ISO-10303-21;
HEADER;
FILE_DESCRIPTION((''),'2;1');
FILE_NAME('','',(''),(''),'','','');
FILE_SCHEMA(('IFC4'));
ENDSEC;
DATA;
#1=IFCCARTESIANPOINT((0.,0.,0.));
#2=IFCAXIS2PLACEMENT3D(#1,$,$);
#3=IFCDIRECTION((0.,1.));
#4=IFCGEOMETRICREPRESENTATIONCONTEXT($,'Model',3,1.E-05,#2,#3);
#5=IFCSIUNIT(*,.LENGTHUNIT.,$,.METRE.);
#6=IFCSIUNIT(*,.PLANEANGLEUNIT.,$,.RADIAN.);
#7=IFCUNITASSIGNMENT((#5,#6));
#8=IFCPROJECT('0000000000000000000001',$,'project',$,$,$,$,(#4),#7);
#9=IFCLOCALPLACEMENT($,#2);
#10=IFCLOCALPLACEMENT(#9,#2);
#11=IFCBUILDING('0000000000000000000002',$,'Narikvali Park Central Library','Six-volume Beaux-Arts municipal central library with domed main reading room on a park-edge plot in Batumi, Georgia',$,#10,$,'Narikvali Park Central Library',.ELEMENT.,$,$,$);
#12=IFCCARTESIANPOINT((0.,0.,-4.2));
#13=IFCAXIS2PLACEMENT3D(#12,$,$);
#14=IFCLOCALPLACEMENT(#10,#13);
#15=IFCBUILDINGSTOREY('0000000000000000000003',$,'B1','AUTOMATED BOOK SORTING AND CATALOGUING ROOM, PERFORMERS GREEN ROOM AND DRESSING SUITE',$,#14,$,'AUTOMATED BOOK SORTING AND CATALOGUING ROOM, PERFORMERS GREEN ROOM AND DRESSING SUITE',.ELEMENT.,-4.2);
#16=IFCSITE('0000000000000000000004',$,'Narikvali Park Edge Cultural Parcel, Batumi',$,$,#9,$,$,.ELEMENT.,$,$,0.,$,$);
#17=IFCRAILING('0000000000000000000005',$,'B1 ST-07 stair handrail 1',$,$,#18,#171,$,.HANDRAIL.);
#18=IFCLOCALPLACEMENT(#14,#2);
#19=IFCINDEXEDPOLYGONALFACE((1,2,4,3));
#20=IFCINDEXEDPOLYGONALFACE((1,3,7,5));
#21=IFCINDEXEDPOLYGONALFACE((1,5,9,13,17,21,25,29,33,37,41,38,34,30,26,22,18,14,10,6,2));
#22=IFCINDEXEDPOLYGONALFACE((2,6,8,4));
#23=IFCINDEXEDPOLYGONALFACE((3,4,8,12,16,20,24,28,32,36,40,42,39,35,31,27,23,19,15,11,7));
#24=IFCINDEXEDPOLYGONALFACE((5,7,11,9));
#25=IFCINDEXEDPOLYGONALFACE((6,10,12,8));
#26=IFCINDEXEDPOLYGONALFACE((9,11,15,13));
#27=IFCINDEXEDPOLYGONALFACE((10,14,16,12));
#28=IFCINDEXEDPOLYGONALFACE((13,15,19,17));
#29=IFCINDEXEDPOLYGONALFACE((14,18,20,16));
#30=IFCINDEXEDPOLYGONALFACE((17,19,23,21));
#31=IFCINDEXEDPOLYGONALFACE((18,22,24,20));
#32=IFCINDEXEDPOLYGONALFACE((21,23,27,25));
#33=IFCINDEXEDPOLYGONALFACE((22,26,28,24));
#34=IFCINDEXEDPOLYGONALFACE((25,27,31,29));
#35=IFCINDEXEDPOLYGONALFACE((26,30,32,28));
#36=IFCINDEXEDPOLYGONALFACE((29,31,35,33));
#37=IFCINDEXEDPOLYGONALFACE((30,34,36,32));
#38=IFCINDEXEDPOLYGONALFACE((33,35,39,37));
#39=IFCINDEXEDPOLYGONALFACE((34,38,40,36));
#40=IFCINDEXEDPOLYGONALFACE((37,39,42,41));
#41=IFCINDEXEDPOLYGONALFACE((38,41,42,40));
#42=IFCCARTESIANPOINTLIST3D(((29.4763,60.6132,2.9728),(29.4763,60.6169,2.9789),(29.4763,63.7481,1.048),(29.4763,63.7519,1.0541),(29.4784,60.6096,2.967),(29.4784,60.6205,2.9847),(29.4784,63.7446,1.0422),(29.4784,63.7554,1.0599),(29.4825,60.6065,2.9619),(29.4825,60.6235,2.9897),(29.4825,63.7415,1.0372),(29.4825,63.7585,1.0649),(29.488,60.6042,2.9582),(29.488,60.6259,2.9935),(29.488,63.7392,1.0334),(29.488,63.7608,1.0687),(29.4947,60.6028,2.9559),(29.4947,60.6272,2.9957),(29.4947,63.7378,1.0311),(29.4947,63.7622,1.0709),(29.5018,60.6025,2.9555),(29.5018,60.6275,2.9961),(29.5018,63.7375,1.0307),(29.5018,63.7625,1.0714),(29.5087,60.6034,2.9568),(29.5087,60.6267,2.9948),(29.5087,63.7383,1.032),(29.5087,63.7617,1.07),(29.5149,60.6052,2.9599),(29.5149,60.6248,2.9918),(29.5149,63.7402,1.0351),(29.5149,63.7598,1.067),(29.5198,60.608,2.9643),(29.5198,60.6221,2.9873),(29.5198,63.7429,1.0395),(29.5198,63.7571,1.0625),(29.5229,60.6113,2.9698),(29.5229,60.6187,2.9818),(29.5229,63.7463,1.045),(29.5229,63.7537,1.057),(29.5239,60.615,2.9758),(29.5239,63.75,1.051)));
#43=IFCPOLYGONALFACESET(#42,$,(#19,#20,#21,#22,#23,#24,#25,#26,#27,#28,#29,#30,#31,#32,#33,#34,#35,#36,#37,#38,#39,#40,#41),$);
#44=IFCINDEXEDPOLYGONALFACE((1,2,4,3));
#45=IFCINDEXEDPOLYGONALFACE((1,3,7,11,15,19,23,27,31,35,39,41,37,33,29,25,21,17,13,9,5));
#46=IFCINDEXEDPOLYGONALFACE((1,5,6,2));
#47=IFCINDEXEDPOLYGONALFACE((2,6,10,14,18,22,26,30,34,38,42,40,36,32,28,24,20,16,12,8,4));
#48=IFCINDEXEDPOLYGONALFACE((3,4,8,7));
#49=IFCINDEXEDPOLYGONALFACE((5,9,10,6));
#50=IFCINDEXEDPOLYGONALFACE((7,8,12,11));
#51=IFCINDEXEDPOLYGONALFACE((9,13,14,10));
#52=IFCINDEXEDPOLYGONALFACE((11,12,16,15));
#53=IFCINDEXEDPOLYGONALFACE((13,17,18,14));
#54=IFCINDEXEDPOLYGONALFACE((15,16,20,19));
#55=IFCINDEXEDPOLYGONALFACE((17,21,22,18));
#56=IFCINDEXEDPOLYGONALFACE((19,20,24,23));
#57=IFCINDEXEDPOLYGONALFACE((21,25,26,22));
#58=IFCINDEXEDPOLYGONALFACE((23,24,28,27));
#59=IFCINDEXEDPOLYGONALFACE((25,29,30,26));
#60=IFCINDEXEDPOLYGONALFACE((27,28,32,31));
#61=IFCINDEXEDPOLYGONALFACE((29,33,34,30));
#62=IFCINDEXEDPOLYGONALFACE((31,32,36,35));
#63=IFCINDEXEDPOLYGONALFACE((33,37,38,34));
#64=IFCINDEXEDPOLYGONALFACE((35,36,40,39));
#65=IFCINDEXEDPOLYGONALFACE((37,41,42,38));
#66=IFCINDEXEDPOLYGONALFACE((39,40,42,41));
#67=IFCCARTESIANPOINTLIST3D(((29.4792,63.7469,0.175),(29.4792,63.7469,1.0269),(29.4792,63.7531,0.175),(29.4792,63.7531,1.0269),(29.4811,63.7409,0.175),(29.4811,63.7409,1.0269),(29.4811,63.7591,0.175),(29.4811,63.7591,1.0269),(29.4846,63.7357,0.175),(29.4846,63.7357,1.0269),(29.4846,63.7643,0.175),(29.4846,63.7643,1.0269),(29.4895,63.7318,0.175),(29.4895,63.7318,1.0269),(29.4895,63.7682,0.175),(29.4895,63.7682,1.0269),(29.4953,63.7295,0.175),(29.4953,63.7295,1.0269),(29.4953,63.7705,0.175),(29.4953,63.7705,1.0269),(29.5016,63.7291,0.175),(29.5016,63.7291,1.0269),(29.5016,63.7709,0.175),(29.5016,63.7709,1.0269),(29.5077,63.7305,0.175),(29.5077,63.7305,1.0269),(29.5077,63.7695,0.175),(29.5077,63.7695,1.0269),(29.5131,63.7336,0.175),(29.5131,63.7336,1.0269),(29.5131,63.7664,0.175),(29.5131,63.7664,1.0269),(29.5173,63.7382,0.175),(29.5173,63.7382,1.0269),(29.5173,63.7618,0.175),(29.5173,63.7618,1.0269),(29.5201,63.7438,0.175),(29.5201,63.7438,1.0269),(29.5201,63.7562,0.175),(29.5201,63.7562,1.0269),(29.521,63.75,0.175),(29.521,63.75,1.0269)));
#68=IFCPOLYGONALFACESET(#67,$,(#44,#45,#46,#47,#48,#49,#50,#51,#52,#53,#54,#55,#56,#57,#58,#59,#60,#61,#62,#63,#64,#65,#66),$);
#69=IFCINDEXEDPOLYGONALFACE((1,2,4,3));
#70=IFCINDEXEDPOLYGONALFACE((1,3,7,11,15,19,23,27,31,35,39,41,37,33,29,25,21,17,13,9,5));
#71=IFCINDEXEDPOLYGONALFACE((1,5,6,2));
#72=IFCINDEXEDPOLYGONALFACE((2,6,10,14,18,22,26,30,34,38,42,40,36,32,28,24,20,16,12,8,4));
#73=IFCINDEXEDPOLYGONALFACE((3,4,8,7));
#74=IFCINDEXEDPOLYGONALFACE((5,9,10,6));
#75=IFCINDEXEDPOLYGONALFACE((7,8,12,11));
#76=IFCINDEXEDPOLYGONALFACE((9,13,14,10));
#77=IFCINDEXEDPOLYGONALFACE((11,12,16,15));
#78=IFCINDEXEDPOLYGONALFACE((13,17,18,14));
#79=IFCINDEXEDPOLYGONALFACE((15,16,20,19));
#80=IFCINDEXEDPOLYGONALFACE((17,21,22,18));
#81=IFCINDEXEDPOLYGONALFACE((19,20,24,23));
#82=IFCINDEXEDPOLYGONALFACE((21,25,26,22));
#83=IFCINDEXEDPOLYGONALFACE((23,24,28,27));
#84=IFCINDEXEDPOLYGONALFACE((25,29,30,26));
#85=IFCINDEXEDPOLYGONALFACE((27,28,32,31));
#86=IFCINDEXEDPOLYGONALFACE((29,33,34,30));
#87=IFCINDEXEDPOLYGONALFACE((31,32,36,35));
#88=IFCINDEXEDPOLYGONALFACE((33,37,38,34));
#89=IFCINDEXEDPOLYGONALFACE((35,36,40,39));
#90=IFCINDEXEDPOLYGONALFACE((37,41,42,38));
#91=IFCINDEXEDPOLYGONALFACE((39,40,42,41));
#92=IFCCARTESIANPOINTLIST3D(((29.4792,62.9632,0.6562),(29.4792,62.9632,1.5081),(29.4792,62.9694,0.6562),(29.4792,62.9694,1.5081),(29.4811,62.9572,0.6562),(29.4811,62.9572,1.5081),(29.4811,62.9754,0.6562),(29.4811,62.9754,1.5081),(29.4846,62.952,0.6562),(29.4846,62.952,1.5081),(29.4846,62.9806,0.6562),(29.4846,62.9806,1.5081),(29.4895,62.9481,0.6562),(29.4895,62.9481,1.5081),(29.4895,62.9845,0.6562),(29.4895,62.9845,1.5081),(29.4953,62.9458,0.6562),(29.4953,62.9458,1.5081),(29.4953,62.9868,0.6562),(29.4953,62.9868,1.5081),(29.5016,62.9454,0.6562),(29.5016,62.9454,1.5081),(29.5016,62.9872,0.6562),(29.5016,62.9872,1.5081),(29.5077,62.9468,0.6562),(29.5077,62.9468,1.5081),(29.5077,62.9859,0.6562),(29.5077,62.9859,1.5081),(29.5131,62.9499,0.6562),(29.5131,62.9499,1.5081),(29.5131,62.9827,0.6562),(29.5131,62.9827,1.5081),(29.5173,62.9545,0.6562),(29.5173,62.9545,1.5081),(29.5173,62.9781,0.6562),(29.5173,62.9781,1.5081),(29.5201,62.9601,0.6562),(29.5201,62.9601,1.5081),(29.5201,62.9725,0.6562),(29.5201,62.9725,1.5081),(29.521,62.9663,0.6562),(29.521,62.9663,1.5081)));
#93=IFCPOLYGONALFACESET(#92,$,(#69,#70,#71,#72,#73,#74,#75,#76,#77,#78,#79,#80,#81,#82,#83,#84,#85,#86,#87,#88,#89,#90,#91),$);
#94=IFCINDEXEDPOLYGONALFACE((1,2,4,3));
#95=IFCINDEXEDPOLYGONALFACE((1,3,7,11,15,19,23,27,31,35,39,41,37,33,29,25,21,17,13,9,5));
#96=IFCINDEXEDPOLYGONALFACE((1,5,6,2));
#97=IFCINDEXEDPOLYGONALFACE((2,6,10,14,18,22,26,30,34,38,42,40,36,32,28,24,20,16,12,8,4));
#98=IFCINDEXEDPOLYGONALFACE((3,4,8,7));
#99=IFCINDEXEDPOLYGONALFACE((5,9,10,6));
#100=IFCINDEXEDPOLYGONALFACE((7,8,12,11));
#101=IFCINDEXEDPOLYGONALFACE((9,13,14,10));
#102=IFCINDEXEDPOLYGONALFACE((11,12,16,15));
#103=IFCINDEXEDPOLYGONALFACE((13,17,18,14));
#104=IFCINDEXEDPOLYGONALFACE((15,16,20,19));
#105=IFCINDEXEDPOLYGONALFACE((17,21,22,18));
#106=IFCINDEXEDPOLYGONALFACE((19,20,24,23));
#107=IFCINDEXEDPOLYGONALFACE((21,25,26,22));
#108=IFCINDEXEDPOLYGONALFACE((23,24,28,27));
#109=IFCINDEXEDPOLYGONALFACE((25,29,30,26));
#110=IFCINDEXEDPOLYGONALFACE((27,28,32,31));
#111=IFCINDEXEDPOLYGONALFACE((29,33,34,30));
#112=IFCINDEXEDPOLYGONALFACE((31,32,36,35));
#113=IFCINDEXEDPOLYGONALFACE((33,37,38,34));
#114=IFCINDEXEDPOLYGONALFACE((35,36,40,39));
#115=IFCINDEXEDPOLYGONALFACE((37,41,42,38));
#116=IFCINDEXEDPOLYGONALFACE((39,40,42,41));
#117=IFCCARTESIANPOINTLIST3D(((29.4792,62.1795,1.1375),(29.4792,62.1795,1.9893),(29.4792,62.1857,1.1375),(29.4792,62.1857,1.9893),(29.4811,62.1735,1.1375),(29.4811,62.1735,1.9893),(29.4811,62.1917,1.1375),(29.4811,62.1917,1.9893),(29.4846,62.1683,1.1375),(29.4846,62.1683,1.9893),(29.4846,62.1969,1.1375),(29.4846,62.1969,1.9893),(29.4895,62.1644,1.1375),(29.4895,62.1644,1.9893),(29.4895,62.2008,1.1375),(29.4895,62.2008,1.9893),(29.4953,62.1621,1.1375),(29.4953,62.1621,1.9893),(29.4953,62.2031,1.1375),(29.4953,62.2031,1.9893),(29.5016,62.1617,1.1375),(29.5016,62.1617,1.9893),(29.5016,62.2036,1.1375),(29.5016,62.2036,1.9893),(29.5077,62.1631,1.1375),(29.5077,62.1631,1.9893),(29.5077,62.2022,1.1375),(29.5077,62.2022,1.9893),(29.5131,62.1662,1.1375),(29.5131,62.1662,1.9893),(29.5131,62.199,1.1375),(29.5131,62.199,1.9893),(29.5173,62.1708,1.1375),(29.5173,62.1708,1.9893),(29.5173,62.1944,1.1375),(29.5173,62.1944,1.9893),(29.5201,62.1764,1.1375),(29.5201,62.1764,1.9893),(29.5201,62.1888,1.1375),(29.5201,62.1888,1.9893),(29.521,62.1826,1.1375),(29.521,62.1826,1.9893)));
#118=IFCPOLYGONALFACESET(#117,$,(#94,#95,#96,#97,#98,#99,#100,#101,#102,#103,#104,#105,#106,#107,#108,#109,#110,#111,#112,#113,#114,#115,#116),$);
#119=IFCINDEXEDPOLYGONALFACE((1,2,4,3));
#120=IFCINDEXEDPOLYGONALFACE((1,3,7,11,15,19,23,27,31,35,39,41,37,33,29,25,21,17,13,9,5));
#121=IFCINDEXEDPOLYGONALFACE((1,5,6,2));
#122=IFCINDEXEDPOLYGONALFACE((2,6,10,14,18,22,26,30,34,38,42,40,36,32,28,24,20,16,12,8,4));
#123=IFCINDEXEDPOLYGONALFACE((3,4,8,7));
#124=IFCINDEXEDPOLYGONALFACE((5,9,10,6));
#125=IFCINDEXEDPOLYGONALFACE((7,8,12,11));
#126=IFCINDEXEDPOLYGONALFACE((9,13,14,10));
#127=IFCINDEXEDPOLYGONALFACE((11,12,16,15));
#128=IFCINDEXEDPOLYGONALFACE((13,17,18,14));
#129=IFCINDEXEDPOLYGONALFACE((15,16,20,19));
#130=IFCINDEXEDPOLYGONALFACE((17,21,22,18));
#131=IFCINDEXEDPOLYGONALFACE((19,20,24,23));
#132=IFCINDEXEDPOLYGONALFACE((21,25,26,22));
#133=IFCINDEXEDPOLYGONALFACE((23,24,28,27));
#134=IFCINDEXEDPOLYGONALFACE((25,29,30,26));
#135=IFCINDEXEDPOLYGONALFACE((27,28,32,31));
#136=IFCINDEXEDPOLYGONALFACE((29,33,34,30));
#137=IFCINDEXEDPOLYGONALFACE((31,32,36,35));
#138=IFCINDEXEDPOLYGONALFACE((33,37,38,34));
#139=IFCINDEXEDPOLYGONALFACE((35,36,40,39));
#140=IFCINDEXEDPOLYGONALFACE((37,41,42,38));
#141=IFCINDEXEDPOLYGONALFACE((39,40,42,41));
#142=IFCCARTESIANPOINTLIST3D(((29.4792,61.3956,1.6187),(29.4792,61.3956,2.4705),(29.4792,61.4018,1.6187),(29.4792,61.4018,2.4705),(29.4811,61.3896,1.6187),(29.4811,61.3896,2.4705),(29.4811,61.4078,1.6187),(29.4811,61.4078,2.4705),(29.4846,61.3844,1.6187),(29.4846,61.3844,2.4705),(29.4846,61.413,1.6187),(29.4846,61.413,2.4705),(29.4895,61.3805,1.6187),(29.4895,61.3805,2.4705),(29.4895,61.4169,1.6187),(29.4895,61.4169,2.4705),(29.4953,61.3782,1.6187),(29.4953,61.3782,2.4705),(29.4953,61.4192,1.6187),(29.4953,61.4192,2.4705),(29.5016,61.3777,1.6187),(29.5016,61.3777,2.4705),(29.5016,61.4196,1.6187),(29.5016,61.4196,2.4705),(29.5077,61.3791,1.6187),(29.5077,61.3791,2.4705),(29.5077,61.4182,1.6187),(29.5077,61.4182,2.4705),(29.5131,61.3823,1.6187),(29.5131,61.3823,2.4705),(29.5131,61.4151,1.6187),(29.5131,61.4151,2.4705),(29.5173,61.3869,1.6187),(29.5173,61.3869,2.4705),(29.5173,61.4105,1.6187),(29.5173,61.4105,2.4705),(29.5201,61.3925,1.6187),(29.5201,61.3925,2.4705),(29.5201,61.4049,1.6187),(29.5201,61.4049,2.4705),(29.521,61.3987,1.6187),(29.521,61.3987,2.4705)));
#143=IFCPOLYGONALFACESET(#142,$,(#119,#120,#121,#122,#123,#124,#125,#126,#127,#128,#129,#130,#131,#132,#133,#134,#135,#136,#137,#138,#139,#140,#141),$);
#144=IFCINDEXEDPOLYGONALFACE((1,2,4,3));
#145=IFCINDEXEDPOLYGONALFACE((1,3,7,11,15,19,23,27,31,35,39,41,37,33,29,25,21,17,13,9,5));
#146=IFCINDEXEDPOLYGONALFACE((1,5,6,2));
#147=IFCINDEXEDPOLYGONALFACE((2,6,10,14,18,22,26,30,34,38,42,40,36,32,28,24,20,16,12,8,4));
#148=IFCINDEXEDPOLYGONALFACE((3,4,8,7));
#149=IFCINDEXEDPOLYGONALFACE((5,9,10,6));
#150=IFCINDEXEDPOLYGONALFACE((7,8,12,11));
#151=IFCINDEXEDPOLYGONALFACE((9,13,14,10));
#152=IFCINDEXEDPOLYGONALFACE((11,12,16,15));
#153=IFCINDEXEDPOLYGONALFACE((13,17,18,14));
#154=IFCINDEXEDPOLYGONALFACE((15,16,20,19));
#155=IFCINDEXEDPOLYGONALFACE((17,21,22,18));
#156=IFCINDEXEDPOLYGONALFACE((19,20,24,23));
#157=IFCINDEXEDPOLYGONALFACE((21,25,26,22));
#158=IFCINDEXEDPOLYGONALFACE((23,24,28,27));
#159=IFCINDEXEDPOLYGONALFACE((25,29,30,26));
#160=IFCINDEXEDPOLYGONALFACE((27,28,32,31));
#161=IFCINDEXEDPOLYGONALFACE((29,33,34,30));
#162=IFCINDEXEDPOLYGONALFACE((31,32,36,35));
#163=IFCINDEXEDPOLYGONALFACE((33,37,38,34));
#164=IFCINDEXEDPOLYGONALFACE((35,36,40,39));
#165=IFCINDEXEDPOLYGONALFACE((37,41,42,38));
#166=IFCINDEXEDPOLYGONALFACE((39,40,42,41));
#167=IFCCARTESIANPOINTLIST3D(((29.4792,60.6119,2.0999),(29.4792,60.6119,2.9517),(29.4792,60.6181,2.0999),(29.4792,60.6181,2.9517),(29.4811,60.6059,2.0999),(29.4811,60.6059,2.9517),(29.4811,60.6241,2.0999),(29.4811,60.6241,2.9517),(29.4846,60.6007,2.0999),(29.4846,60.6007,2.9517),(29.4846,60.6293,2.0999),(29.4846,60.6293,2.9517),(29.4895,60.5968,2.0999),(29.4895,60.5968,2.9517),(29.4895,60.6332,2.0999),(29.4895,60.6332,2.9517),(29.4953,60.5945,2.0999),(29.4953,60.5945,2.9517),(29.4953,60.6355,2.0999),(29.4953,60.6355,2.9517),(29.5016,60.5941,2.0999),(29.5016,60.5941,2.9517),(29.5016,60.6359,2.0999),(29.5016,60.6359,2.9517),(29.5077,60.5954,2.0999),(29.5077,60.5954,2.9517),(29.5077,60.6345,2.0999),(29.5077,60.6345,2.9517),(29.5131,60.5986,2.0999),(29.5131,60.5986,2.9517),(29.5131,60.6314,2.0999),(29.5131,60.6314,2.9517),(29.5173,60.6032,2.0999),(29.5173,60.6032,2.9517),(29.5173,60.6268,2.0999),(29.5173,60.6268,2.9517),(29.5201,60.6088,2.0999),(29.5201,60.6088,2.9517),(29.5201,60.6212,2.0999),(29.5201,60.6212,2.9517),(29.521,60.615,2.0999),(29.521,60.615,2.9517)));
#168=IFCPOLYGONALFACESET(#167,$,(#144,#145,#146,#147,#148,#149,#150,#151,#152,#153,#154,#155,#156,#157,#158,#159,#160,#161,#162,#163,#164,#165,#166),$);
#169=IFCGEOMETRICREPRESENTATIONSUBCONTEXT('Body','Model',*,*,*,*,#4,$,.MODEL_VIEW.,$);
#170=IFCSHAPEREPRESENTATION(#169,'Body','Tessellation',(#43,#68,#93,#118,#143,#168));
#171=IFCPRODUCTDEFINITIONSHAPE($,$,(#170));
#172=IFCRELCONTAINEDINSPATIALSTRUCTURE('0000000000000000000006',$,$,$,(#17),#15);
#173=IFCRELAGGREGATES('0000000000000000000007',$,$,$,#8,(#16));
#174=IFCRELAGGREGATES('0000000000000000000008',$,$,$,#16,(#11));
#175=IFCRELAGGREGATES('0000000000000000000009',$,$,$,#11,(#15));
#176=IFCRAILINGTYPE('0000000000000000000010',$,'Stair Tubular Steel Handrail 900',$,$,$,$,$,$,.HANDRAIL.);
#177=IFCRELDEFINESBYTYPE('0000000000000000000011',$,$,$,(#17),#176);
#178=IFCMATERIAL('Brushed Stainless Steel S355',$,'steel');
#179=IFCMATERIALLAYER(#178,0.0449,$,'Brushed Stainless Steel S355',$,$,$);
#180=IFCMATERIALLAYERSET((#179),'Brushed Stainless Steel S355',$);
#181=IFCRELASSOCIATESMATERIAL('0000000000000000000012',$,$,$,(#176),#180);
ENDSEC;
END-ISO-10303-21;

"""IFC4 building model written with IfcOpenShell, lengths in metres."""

from ifc_helpers import new_model, si_unit, direction, frame, origin, origin_2d, place, context, subcontext, project, spatial, circle, extrude, material, layer, layer_set, type_object, element, save


model = new_model("IFC4")

# Units and contexts
model_context = context("Model", 3, precision=1e-05, world=origin(), true_north=direction((0.0, 1.0)))
body_context = subcontext(model_context, "Body", "Model", "MODEL_VIEW")
ifc_project = project(units=[si_unit("LENGTHUNIT", "METRE"), si_unit("PLANEANGLEUNIT", "RADIAN")], contexts=[model_context])

# Site, building, storey
site_placement = place(None, origin())
site = spatial("IfcSite", under=ifc_project, at=site_placement, Name="Narikvali Park Edge Cultural Parcel, Batumi", CompositionType="ELEMENT", RefElevation=0.0)
building_placement = place(site_placement, origin())
building = spatial("IfcBuilding", under=site, at=building_placement, Name="Narikvali Park Central Library", Description="Six-volume Beaux-Arts municipal central library with domed main reading room on a park-edge plot in Batumi, Georgia", LongName="Narikvali Park Central Library", CompositionType="ELEMENT")
storey_placement = place(building_placement, frame((0.0, 0.0, -4.2)))
storey = spatial("IfcBuildingStorey", under=building, at=storey_placement, Name="B1", Description="AUTOMATED BOOK SORTING AND CATALOGUING ROOM, PERFORMERS GREEN ROOM AND DRESSING SUITE", LongName="AUTOMATED BOOK SORTING AND CATALOGUING ROOM, PERFORMERS GREEN ROOM AND DRESSING SUITE", CompositionType="ELEMENT", Elevation=-4.2)

# Shared definitions
ifc_material_1 = material(Name="Brushed Stainless Steel S355", Category="steel")

# Railing
ifc_layer_1 = layer(ifc_material_1, 0.0449, Name="Brushed Stainless Steel S355")
ifc_layer_set_1 = layer_set([ifc_layer_1], Name="Brushed Stainless Steel S355")
railing_type_1 = type_object("IfcRailingType", Name="Stair Tubular Steel Handrail 900", PredefinedType="HANDRAIL", material=ifc_layer_set_1)
railing_1_placement = place(storey_placement, frame((29.5, 63.75, 0.175)))
element("IfcRailing", 1, at=railing_1_placement, inside=storey, type_object=railing_type_1, Name="B1 ST-07 stair handrail 1", PredefinedType="HANDRAIL", context=body_context, shape_type="SweptSolid", body=[
    extrude(circle(Radius=0.0239, at=origin_2d()), frame((0.0, 0.0, 0.876), z_axis=(0.0, -0.852196, 0.523223), x_axis=(1.0, 0.0, 0.0)), (0.0, 0.0, 1.0), 3.6787),
    extrude(circle(Radius=0.021, at=origin_2d()), origin(), (0.0, 0.0, 1.0), 0.8518),
    extrude(circle(Radius=0.021, at=origin_2d()), frame((0.0, -0.7837, 0.4812)), (0.0, 0.0, 1.0), 0.8518),
    extrude(circle(Radius=0.021, at=origin_2d()), frame((0.0, -1.5674, 0.9624)), (0.0, 0.0, 1.0), 0.8518),
    extrude(circle(Radius=0.021, at=origin_2d()), frame((0.0, -2.3513, 1.4436)), (0.0, 0.0, 1.0), 0.8518),
    extrude(circle(Radius=0.021, at=origin_2d()), frame((0.0, -3.135, 1.9248)), (0.0, 0.0, 1.0), 0.8518),
])

save(model, "model.ifc")
